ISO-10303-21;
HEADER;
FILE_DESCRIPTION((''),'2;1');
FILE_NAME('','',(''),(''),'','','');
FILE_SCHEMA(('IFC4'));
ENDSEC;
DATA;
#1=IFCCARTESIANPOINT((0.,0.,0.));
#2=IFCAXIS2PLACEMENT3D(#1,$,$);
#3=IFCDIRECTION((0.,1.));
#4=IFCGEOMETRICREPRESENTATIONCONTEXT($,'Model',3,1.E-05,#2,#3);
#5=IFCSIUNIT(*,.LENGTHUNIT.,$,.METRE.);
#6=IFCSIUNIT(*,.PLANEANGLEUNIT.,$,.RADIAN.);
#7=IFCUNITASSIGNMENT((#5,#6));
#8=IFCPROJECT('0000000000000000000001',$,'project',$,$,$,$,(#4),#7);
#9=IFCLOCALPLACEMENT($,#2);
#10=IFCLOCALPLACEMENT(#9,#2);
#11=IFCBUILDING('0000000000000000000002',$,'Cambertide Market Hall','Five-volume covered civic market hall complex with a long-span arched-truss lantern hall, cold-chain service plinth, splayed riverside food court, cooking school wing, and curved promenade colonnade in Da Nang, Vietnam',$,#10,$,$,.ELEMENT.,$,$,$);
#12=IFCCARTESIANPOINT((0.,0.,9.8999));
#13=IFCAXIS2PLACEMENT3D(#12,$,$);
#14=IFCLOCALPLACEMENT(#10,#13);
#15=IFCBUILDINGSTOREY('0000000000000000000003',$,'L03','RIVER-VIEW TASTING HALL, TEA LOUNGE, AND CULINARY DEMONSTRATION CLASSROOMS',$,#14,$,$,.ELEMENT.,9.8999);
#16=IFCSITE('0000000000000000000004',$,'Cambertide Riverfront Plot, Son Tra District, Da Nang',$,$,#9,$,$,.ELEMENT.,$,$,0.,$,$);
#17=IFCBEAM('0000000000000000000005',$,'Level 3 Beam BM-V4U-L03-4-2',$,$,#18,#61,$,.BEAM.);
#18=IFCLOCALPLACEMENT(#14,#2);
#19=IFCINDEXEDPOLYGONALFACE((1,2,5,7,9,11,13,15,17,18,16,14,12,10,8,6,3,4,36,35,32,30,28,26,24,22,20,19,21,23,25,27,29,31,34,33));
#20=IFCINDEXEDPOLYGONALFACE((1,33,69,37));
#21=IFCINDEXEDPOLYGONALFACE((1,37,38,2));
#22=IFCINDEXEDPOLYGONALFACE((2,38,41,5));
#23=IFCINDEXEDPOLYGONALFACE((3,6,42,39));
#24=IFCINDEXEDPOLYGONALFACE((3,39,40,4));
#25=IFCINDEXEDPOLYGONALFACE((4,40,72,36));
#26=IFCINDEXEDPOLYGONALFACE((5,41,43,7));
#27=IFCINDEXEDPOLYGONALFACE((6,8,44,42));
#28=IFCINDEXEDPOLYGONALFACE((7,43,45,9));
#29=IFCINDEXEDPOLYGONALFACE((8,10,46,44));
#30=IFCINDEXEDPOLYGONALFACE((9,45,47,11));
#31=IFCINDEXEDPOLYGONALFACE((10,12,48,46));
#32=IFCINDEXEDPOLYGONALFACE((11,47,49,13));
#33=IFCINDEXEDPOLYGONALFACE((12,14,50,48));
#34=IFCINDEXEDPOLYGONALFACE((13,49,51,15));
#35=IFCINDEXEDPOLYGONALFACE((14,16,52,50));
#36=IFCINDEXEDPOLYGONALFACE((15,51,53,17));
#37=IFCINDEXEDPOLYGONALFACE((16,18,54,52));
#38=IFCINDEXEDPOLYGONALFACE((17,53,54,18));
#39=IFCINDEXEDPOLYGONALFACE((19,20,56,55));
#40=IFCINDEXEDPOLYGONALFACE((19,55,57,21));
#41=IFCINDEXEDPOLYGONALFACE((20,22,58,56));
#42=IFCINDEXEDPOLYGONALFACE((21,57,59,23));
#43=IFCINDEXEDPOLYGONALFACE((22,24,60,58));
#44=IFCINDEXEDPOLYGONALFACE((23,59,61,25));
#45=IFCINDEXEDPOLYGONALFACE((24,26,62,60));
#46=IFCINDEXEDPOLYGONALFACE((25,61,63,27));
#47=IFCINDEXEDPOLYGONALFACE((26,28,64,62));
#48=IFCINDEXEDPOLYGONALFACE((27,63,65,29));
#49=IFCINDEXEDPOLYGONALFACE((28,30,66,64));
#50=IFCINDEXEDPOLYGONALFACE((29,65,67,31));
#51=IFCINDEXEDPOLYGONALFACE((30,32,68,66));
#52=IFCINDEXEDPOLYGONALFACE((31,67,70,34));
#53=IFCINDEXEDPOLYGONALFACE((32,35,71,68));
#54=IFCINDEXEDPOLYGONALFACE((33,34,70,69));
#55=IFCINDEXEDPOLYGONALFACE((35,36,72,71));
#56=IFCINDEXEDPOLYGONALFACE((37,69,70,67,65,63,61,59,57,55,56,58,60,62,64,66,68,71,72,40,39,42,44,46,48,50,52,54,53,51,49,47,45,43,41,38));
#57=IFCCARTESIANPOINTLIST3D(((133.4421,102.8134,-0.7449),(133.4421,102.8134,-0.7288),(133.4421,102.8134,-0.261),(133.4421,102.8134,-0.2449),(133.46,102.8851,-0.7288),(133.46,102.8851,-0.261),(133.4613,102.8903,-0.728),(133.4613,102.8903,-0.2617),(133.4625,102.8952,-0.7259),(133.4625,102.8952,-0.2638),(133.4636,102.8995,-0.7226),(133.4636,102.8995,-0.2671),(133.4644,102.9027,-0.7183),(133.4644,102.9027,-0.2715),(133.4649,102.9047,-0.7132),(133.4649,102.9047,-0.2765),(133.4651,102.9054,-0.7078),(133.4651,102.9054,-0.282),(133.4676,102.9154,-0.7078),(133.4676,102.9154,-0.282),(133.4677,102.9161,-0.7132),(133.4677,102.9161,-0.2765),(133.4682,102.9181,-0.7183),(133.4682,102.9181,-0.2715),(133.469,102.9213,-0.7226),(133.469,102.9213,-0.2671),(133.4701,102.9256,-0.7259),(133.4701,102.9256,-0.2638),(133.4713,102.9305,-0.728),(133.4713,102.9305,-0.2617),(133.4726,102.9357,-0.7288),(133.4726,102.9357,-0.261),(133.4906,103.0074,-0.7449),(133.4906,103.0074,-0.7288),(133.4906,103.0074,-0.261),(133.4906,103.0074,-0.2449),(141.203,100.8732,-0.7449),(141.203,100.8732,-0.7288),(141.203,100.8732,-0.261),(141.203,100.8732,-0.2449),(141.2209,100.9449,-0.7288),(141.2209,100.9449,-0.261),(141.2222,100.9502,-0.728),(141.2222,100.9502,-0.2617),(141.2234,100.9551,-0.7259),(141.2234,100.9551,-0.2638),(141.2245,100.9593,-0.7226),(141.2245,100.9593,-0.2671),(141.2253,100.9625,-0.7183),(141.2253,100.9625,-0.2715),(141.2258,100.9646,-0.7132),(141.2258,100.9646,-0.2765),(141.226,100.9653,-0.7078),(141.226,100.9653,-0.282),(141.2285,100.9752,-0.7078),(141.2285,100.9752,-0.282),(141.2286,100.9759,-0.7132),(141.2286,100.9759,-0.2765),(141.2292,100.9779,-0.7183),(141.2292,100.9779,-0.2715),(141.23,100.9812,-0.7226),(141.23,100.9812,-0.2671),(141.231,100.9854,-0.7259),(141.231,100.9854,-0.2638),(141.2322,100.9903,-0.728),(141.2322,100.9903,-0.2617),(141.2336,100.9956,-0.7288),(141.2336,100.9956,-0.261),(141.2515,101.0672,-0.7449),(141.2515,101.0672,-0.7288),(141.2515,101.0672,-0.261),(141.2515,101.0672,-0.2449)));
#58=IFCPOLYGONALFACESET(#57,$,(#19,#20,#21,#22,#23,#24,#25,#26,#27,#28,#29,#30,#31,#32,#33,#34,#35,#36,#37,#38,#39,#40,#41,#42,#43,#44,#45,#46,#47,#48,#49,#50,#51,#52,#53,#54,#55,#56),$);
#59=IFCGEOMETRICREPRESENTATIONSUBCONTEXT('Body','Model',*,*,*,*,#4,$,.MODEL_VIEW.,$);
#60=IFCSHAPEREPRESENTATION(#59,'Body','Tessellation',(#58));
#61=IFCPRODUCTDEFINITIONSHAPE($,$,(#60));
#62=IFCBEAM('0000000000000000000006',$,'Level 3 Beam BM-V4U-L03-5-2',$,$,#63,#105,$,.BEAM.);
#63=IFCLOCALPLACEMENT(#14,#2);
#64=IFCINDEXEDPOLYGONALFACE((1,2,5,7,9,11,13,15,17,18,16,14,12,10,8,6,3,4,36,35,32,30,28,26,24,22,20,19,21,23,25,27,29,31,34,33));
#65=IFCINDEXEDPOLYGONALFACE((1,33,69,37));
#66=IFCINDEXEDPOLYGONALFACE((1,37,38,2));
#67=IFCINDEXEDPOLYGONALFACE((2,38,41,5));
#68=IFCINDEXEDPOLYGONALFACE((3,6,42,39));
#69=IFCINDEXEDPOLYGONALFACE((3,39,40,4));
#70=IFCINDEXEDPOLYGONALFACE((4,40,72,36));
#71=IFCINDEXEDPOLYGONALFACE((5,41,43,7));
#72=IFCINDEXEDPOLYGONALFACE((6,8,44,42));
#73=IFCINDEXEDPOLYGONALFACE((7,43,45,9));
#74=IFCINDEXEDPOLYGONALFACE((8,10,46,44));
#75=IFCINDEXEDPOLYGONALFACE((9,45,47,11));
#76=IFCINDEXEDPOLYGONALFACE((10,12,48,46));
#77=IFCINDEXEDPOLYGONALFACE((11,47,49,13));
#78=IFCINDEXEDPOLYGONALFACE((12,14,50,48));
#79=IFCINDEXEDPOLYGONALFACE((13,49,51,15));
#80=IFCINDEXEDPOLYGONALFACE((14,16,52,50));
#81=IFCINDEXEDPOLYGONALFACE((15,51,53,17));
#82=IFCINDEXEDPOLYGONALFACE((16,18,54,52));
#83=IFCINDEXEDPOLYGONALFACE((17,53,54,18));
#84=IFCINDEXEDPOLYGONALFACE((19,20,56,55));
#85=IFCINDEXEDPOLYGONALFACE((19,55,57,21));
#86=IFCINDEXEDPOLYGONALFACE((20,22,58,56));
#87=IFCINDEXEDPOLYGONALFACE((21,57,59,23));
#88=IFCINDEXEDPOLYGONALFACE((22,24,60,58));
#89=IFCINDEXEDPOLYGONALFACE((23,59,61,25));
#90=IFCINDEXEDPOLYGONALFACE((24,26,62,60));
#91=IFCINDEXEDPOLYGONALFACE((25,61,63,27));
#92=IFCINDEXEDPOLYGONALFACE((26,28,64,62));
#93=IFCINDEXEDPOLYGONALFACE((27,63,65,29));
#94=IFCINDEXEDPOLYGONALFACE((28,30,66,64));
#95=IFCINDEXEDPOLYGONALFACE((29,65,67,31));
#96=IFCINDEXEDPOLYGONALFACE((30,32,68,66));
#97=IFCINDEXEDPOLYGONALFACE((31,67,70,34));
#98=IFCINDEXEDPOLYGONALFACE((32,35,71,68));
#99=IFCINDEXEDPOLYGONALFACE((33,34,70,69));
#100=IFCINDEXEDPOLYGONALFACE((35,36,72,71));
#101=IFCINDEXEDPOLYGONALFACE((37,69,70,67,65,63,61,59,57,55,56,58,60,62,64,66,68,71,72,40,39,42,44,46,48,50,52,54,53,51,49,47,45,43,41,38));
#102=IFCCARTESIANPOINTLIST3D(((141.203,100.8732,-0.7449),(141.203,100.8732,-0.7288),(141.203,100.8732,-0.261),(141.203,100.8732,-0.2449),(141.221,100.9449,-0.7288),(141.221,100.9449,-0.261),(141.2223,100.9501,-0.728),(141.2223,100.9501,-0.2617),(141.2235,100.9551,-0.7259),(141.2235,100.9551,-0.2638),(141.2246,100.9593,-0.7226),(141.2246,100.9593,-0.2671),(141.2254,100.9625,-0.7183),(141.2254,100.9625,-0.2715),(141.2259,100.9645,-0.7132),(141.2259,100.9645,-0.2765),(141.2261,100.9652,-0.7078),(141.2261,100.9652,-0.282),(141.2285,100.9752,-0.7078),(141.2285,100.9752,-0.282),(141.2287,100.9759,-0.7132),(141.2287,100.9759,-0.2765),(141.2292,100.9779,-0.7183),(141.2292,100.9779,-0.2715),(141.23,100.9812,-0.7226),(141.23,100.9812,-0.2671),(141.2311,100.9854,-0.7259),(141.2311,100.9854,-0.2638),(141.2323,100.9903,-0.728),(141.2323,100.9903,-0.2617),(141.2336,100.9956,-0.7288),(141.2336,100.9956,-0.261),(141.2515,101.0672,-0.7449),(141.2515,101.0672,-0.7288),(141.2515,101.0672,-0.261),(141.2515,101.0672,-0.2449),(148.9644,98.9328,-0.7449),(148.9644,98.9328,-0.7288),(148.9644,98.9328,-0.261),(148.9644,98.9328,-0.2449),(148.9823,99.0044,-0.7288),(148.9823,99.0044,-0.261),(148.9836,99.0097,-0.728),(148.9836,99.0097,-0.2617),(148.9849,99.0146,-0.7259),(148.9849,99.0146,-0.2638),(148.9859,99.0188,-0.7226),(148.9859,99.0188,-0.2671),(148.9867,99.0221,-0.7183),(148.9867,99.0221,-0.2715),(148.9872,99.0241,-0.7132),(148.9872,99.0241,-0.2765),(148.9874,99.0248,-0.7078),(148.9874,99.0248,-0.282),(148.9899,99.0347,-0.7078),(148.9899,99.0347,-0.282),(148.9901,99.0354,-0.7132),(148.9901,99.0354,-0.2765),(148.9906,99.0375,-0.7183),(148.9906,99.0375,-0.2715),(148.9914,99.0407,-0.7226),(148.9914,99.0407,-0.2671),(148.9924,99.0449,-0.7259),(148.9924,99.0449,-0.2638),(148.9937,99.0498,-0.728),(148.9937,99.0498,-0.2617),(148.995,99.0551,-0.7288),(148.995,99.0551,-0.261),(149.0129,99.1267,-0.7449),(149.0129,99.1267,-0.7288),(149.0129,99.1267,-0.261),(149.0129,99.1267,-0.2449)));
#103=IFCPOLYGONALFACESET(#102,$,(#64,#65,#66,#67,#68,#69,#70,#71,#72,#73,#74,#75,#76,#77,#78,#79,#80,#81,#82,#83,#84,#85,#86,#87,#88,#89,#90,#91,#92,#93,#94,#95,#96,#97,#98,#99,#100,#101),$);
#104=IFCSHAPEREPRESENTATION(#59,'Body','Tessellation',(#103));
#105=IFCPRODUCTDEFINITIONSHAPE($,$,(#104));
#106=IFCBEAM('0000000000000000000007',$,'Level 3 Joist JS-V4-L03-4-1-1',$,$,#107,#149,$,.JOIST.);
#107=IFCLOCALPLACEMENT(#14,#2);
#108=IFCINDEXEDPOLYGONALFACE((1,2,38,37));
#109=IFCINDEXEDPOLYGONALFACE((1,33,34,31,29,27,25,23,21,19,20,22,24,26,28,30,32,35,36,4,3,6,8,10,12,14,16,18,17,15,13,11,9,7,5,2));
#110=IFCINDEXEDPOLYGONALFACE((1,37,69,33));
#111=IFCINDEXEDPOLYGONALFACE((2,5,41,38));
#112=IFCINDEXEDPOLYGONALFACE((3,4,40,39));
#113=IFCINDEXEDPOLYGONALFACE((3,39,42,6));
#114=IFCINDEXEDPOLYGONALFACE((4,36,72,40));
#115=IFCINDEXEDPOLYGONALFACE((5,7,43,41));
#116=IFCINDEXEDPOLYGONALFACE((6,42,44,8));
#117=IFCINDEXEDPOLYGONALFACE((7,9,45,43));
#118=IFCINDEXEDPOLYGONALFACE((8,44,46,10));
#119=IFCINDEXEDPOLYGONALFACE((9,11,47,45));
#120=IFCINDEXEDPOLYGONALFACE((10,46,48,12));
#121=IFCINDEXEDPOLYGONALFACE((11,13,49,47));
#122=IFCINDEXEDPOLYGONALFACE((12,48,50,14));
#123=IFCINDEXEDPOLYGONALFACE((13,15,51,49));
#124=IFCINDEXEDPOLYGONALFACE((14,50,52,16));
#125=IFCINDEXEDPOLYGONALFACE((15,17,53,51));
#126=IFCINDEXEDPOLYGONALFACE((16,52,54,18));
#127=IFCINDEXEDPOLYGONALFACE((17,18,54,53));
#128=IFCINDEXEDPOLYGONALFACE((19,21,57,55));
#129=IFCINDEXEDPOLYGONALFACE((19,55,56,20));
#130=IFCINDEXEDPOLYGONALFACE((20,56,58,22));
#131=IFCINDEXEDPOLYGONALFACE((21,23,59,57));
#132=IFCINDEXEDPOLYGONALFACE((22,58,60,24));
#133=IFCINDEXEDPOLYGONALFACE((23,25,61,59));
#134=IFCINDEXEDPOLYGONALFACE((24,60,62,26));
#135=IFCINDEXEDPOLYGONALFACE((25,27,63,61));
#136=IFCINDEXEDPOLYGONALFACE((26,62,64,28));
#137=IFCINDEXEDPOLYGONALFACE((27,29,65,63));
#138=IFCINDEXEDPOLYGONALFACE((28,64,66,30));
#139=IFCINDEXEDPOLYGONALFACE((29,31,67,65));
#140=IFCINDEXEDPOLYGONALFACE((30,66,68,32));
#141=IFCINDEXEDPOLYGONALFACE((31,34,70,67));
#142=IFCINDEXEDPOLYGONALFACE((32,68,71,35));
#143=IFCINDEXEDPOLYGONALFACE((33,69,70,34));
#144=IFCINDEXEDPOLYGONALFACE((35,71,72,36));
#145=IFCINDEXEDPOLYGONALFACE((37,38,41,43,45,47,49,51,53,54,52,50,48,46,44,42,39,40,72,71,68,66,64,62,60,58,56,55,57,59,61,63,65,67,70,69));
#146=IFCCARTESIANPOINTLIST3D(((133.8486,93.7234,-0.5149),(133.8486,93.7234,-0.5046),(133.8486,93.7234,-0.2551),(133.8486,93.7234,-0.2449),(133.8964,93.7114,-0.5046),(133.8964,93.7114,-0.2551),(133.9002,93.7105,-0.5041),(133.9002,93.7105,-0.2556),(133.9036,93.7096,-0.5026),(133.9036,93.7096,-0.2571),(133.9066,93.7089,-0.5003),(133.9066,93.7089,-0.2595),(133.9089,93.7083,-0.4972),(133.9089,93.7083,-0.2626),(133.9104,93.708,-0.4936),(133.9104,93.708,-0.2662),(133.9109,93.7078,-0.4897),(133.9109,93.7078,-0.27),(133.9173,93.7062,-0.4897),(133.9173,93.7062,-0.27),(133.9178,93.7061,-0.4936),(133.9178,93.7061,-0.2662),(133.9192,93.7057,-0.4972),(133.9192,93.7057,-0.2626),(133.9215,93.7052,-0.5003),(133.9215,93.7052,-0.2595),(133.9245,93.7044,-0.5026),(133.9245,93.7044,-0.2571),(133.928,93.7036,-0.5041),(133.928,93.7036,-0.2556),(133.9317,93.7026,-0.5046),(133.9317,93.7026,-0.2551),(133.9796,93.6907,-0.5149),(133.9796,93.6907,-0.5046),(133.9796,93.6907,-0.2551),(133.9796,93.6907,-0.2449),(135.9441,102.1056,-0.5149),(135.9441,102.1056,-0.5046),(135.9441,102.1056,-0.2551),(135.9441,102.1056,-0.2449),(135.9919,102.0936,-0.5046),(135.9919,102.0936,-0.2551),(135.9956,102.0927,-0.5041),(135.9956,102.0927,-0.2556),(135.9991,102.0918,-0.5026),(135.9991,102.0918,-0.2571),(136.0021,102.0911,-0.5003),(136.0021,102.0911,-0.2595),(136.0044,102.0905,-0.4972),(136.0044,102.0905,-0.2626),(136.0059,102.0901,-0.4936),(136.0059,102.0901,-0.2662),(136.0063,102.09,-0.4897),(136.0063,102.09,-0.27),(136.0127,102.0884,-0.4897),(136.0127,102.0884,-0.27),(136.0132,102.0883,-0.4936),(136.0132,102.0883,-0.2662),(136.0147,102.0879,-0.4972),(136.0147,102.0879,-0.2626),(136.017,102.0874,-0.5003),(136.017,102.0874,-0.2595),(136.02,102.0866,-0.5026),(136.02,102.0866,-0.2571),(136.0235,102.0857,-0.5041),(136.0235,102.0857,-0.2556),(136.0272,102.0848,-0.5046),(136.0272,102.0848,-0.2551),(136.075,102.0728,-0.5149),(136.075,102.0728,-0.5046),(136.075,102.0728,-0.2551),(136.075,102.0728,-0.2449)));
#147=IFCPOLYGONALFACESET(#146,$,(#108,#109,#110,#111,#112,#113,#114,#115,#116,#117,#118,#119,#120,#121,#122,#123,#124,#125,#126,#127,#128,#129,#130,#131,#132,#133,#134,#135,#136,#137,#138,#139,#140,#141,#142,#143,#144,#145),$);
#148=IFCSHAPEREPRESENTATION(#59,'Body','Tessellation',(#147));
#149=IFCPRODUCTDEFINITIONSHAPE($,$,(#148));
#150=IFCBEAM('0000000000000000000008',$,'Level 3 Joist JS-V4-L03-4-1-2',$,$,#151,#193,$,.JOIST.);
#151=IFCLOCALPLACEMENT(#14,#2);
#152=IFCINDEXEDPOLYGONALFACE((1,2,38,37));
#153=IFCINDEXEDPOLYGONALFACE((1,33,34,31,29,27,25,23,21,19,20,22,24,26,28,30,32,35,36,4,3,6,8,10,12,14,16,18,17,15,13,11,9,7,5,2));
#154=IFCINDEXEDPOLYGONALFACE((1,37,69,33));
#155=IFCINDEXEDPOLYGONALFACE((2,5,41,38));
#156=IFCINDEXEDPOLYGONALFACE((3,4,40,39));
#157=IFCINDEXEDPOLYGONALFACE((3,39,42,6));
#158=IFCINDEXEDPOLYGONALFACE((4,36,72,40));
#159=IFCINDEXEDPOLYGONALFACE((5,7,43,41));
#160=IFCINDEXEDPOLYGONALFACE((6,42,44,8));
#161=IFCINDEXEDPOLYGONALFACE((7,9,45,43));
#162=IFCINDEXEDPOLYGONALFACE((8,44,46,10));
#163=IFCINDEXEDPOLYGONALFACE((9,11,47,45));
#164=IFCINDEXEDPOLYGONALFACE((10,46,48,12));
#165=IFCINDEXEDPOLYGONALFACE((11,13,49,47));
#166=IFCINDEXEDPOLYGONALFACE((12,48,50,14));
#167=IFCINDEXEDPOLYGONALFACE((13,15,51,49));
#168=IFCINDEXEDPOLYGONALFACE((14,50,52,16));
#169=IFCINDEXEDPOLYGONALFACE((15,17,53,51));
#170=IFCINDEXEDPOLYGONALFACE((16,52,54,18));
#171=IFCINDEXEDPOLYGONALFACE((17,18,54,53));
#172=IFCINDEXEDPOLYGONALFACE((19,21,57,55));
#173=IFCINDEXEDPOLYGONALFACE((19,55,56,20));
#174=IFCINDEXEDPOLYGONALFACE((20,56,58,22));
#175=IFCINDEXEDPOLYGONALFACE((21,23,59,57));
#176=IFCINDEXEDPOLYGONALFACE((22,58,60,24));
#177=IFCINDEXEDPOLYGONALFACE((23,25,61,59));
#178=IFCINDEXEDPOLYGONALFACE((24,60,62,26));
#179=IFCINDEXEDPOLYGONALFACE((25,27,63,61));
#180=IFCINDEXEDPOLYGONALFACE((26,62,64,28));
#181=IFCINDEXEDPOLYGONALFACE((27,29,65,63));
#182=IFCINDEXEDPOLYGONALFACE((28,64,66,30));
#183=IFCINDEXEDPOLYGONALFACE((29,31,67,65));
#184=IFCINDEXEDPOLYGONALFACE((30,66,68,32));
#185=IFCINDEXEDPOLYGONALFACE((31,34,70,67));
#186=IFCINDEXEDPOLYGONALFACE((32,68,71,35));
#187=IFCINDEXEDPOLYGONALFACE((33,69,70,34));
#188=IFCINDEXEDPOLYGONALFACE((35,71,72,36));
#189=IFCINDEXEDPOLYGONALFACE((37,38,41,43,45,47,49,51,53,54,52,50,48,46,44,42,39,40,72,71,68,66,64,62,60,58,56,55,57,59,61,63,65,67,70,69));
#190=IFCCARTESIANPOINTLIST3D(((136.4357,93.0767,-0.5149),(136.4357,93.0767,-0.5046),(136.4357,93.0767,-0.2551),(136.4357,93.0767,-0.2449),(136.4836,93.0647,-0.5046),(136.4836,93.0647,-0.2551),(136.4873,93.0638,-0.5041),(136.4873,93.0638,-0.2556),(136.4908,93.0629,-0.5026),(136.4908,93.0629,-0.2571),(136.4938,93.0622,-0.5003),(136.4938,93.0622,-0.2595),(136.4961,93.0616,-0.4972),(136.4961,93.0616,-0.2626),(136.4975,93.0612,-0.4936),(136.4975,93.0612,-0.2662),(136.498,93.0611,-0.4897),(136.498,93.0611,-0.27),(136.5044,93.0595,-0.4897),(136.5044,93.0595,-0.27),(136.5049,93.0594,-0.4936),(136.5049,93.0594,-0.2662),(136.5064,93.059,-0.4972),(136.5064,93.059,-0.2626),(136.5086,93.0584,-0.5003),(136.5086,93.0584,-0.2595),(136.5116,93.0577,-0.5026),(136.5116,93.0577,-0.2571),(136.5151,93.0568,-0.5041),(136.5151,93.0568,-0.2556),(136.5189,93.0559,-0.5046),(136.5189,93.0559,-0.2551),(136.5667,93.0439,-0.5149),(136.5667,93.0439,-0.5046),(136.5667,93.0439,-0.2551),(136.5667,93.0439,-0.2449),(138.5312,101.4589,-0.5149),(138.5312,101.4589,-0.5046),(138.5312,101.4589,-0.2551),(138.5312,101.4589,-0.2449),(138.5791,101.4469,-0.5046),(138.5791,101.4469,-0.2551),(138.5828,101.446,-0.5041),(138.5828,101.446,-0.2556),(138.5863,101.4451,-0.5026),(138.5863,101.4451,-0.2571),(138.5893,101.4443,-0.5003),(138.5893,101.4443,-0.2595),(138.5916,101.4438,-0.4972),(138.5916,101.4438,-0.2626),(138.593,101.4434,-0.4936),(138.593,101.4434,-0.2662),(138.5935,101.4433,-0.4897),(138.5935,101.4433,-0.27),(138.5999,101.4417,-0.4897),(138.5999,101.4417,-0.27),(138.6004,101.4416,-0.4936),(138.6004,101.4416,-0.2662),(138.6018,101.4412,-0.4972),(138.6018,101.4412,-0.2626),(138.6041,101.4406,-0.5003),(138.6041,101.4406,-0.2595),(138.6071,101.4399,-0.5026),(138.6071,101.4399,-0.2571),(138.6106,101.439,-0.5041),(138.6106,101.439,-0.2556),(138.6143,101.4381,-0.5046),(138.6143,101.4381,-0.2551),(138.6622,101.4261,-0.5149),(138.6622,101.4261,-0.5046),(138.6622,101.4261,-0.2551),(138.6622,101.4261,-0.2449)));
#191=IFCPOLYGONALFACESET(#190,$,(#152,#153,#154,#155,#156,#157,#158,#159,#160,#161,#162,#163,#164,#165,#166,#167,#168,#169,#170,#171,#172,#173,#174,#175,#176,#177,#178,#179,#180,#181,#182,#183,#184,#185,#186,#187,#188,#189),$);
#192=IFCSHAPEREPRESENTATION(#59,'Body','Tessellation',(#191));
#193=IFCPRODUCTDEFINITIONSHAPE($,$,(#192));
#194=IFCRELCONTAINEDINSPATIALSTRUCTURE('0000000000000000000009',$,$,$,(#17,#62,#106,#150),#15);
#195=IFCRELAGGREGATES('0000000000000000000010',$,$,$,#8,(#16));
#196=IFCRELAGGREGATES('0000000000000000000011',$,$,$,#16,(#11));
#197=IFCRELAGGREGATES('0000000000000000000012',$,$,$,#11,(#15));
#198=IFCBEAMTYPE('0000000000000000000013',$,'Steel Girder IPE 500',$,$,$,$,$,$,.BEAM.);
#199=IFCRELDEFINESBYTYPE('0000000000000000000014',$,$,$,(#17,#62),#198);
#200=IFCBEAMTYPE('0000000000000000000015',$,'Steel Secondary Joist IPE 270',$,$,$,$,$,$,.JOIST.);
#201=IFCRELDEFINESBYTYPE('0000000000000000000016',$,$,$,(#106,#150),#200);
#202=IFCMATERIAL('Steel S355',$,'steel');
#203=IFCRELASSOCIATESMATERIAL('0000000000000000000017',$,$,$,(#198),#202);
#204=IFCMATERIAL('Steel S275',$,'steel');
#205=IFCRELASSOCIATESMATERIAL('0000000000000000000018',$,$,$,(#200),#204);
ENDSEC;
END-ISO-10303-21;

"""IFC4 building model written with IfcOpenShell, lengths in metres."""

from ifc_helpers import new_model, si_unit, direction, frame, origin, origin_2d, place, context, subcontext, project, spatial, i_section, extrude, material, material_profile, profile_set, type_object, element, save


model = new_model("IFC4")

# Units and contexts
model_context = context("Model", 3, precision=1e-05, world=origin(), true_north=direction((0.0, 1.0)))
body_context = subcontext(model_context, "Body", "Model", "MODEL_VIEW")
ifc_project = project(units=[si_unit("LENGTHUNIT", "METRE"), si_unit("PLANEANGLEUNIT", "RADIAN")], contexts=[model_context])

# Site, building, storey
site_placement = place(None, origin())
site = spatial("IfcSite", under=ifc_project, at=site_placement, Name="Cambertide Riverfront Plot, Son Tra District, Da Nang", CompositionType="ELEMENT", RefElevation=0.0)
building_placement = place(site_placement, origin())
building = spatial("IfcBuilding", under=site, at=building_placement, Name="Cambertide Market Hall", Description="Five-volume covered civic market hall complex with a long-span arched-truss lantern hall, cold-chain service plinth, splayed riverside food court, cooking school wing, and curved promenade colonnade in Da Nang, Vietnam", CompositionType="ELEMENT")
storey_placement = place(building_placement, frame((0.0, 0.0, 9.8999)))
storey = spatial("IfcBuildingStorey", under=building, at=storey_placement, Name="L03", Description="RIVER-VIEW TASTING HALL, TEA LOUNGE, AND CULINARY DEMONSTRATION CLASSROOMS", CompositionType="ELEMENT", Elevation=9.8999)

# Beams
ifc_material_1 = material(Name="Steel S355", Category="steel")
ifc_material_profile_1 = material_profile(ifc_material_1, i_section(OverallWidth=0.2, OverallDepth=0.5, WebThickness=0.0103, FlangeThickness=0.0161, FilletRadius=0.021, at=origin_2d()), Name="IPE 500")
ifc_profile_set_1 = profile_set([ifc_material_profile_1], Name="Steel S355")
beam_type_1 = type_object("IfcBeamType", Name="Steel Girder IPE 500", PredefinedType="BEAM", material=ifc_profile_set_1)
beam_1_placement = place(storey_placement, frame((133.4663, 102.9104, -0.4949), z_axis=(0.970144, -0.242528, 0.0), x_axis=(0.242528, 0.970144, 0.0)))
element("IfcBeam", 1, at=beam_1_placement, inside=storey, type_object=beam_type_1, Name="Level 3 Beam BM-V4U-L03-4-2", PredefinedType="BEAM", context=body_context, shape_type="SweptSolid", body=[
    extrude(i_section(OverallWidth=0.2, OverallDepth=0.5, WebThickness=0.0103, FlangeThickness=0.0161, FilletRadius=0.021, at=origin_2d()), origin(), (0.0, 0.0, 1.0), 7.9998),
])
beam_2_placement = place(storey_placement, frame((141.2273, 100.9702, -0.4949), z_axis=(0.970139, -0.24255, 0.0), x_axis=(0.24255, 0.970139, 0.0)))
element("IfcBeam", 2, at=beam_2_placement, inside=storey, type_object=beam_type_1, Name="Level 3 Beam BM-V4U-L03-5-2", PredefinedType="BEAM", context=body_context, shape_type="SweptSolid", body=[
    extrude(i_section(OverallWidth=0.2, OverallDepth=0.5, WebThickness=0.0103, FlangeThickness=0.0161, FilletRadius=0.021, at=origin_2d()), origin(), (0.0, 0.0, 1.0), 8.0002),
])
ifc_material_2 = material(Name="Steel S275", Category="steel")
ifc_material_profile_2 = material_profile(ifc_material_2, i_section(OverallWidth=0.135, OverallDepth=0.27, WebThickness=0.0066, FlangeThickness=0.0103, FilletRadius=0.0149, at=origin_2d()), Name="IPE 270")
ifc_profile_set_2 = profile_set([ifc_material_profile_2], Name="Steel S275")
beam_type_2 = type_object("IfcBeamType", Name="Steel Secondary Joist IPE 270", PredefinedType="JOIST", material=ifc_profile_set_2)
for number, where, z_axis, x_axis, name in (
    (3, (133.9141, 93.707, -0.3799), (0.242529, 0.970144, 0.0), (-0.970144, 0.242529, 0.0), "Level 3 Joist JS-V4-L03-4-1-1"),
    (4, (136.5012, 93.0603, -0.3799), (0.242529, 0.970144, 0.0), (-0.970144, 0.242529, 0.0), "Level 3 Joist JS-V4-L03-4-1-2"),
):
    element("IfcBeam", number, at=place(storey_placement, frame(where, z_axis=z_axis, x_axis=x_axis)), inside=storey, type_object=beam_type_2, Name=name, PredefinedType="JOIST", context=body_context, shape_type="SweptSolid", body=[
        extrude(i_section(OverallWidth=0.135, OverallDepth=0.27, WebThickness=0.0066, FlangeThickness=0.0103, FilletRadius=0.0149, at=origin_2d()), origin(), (0.0, 0.0, 1.0), 8.6401),
    ])

save(model, "model.ifc")
